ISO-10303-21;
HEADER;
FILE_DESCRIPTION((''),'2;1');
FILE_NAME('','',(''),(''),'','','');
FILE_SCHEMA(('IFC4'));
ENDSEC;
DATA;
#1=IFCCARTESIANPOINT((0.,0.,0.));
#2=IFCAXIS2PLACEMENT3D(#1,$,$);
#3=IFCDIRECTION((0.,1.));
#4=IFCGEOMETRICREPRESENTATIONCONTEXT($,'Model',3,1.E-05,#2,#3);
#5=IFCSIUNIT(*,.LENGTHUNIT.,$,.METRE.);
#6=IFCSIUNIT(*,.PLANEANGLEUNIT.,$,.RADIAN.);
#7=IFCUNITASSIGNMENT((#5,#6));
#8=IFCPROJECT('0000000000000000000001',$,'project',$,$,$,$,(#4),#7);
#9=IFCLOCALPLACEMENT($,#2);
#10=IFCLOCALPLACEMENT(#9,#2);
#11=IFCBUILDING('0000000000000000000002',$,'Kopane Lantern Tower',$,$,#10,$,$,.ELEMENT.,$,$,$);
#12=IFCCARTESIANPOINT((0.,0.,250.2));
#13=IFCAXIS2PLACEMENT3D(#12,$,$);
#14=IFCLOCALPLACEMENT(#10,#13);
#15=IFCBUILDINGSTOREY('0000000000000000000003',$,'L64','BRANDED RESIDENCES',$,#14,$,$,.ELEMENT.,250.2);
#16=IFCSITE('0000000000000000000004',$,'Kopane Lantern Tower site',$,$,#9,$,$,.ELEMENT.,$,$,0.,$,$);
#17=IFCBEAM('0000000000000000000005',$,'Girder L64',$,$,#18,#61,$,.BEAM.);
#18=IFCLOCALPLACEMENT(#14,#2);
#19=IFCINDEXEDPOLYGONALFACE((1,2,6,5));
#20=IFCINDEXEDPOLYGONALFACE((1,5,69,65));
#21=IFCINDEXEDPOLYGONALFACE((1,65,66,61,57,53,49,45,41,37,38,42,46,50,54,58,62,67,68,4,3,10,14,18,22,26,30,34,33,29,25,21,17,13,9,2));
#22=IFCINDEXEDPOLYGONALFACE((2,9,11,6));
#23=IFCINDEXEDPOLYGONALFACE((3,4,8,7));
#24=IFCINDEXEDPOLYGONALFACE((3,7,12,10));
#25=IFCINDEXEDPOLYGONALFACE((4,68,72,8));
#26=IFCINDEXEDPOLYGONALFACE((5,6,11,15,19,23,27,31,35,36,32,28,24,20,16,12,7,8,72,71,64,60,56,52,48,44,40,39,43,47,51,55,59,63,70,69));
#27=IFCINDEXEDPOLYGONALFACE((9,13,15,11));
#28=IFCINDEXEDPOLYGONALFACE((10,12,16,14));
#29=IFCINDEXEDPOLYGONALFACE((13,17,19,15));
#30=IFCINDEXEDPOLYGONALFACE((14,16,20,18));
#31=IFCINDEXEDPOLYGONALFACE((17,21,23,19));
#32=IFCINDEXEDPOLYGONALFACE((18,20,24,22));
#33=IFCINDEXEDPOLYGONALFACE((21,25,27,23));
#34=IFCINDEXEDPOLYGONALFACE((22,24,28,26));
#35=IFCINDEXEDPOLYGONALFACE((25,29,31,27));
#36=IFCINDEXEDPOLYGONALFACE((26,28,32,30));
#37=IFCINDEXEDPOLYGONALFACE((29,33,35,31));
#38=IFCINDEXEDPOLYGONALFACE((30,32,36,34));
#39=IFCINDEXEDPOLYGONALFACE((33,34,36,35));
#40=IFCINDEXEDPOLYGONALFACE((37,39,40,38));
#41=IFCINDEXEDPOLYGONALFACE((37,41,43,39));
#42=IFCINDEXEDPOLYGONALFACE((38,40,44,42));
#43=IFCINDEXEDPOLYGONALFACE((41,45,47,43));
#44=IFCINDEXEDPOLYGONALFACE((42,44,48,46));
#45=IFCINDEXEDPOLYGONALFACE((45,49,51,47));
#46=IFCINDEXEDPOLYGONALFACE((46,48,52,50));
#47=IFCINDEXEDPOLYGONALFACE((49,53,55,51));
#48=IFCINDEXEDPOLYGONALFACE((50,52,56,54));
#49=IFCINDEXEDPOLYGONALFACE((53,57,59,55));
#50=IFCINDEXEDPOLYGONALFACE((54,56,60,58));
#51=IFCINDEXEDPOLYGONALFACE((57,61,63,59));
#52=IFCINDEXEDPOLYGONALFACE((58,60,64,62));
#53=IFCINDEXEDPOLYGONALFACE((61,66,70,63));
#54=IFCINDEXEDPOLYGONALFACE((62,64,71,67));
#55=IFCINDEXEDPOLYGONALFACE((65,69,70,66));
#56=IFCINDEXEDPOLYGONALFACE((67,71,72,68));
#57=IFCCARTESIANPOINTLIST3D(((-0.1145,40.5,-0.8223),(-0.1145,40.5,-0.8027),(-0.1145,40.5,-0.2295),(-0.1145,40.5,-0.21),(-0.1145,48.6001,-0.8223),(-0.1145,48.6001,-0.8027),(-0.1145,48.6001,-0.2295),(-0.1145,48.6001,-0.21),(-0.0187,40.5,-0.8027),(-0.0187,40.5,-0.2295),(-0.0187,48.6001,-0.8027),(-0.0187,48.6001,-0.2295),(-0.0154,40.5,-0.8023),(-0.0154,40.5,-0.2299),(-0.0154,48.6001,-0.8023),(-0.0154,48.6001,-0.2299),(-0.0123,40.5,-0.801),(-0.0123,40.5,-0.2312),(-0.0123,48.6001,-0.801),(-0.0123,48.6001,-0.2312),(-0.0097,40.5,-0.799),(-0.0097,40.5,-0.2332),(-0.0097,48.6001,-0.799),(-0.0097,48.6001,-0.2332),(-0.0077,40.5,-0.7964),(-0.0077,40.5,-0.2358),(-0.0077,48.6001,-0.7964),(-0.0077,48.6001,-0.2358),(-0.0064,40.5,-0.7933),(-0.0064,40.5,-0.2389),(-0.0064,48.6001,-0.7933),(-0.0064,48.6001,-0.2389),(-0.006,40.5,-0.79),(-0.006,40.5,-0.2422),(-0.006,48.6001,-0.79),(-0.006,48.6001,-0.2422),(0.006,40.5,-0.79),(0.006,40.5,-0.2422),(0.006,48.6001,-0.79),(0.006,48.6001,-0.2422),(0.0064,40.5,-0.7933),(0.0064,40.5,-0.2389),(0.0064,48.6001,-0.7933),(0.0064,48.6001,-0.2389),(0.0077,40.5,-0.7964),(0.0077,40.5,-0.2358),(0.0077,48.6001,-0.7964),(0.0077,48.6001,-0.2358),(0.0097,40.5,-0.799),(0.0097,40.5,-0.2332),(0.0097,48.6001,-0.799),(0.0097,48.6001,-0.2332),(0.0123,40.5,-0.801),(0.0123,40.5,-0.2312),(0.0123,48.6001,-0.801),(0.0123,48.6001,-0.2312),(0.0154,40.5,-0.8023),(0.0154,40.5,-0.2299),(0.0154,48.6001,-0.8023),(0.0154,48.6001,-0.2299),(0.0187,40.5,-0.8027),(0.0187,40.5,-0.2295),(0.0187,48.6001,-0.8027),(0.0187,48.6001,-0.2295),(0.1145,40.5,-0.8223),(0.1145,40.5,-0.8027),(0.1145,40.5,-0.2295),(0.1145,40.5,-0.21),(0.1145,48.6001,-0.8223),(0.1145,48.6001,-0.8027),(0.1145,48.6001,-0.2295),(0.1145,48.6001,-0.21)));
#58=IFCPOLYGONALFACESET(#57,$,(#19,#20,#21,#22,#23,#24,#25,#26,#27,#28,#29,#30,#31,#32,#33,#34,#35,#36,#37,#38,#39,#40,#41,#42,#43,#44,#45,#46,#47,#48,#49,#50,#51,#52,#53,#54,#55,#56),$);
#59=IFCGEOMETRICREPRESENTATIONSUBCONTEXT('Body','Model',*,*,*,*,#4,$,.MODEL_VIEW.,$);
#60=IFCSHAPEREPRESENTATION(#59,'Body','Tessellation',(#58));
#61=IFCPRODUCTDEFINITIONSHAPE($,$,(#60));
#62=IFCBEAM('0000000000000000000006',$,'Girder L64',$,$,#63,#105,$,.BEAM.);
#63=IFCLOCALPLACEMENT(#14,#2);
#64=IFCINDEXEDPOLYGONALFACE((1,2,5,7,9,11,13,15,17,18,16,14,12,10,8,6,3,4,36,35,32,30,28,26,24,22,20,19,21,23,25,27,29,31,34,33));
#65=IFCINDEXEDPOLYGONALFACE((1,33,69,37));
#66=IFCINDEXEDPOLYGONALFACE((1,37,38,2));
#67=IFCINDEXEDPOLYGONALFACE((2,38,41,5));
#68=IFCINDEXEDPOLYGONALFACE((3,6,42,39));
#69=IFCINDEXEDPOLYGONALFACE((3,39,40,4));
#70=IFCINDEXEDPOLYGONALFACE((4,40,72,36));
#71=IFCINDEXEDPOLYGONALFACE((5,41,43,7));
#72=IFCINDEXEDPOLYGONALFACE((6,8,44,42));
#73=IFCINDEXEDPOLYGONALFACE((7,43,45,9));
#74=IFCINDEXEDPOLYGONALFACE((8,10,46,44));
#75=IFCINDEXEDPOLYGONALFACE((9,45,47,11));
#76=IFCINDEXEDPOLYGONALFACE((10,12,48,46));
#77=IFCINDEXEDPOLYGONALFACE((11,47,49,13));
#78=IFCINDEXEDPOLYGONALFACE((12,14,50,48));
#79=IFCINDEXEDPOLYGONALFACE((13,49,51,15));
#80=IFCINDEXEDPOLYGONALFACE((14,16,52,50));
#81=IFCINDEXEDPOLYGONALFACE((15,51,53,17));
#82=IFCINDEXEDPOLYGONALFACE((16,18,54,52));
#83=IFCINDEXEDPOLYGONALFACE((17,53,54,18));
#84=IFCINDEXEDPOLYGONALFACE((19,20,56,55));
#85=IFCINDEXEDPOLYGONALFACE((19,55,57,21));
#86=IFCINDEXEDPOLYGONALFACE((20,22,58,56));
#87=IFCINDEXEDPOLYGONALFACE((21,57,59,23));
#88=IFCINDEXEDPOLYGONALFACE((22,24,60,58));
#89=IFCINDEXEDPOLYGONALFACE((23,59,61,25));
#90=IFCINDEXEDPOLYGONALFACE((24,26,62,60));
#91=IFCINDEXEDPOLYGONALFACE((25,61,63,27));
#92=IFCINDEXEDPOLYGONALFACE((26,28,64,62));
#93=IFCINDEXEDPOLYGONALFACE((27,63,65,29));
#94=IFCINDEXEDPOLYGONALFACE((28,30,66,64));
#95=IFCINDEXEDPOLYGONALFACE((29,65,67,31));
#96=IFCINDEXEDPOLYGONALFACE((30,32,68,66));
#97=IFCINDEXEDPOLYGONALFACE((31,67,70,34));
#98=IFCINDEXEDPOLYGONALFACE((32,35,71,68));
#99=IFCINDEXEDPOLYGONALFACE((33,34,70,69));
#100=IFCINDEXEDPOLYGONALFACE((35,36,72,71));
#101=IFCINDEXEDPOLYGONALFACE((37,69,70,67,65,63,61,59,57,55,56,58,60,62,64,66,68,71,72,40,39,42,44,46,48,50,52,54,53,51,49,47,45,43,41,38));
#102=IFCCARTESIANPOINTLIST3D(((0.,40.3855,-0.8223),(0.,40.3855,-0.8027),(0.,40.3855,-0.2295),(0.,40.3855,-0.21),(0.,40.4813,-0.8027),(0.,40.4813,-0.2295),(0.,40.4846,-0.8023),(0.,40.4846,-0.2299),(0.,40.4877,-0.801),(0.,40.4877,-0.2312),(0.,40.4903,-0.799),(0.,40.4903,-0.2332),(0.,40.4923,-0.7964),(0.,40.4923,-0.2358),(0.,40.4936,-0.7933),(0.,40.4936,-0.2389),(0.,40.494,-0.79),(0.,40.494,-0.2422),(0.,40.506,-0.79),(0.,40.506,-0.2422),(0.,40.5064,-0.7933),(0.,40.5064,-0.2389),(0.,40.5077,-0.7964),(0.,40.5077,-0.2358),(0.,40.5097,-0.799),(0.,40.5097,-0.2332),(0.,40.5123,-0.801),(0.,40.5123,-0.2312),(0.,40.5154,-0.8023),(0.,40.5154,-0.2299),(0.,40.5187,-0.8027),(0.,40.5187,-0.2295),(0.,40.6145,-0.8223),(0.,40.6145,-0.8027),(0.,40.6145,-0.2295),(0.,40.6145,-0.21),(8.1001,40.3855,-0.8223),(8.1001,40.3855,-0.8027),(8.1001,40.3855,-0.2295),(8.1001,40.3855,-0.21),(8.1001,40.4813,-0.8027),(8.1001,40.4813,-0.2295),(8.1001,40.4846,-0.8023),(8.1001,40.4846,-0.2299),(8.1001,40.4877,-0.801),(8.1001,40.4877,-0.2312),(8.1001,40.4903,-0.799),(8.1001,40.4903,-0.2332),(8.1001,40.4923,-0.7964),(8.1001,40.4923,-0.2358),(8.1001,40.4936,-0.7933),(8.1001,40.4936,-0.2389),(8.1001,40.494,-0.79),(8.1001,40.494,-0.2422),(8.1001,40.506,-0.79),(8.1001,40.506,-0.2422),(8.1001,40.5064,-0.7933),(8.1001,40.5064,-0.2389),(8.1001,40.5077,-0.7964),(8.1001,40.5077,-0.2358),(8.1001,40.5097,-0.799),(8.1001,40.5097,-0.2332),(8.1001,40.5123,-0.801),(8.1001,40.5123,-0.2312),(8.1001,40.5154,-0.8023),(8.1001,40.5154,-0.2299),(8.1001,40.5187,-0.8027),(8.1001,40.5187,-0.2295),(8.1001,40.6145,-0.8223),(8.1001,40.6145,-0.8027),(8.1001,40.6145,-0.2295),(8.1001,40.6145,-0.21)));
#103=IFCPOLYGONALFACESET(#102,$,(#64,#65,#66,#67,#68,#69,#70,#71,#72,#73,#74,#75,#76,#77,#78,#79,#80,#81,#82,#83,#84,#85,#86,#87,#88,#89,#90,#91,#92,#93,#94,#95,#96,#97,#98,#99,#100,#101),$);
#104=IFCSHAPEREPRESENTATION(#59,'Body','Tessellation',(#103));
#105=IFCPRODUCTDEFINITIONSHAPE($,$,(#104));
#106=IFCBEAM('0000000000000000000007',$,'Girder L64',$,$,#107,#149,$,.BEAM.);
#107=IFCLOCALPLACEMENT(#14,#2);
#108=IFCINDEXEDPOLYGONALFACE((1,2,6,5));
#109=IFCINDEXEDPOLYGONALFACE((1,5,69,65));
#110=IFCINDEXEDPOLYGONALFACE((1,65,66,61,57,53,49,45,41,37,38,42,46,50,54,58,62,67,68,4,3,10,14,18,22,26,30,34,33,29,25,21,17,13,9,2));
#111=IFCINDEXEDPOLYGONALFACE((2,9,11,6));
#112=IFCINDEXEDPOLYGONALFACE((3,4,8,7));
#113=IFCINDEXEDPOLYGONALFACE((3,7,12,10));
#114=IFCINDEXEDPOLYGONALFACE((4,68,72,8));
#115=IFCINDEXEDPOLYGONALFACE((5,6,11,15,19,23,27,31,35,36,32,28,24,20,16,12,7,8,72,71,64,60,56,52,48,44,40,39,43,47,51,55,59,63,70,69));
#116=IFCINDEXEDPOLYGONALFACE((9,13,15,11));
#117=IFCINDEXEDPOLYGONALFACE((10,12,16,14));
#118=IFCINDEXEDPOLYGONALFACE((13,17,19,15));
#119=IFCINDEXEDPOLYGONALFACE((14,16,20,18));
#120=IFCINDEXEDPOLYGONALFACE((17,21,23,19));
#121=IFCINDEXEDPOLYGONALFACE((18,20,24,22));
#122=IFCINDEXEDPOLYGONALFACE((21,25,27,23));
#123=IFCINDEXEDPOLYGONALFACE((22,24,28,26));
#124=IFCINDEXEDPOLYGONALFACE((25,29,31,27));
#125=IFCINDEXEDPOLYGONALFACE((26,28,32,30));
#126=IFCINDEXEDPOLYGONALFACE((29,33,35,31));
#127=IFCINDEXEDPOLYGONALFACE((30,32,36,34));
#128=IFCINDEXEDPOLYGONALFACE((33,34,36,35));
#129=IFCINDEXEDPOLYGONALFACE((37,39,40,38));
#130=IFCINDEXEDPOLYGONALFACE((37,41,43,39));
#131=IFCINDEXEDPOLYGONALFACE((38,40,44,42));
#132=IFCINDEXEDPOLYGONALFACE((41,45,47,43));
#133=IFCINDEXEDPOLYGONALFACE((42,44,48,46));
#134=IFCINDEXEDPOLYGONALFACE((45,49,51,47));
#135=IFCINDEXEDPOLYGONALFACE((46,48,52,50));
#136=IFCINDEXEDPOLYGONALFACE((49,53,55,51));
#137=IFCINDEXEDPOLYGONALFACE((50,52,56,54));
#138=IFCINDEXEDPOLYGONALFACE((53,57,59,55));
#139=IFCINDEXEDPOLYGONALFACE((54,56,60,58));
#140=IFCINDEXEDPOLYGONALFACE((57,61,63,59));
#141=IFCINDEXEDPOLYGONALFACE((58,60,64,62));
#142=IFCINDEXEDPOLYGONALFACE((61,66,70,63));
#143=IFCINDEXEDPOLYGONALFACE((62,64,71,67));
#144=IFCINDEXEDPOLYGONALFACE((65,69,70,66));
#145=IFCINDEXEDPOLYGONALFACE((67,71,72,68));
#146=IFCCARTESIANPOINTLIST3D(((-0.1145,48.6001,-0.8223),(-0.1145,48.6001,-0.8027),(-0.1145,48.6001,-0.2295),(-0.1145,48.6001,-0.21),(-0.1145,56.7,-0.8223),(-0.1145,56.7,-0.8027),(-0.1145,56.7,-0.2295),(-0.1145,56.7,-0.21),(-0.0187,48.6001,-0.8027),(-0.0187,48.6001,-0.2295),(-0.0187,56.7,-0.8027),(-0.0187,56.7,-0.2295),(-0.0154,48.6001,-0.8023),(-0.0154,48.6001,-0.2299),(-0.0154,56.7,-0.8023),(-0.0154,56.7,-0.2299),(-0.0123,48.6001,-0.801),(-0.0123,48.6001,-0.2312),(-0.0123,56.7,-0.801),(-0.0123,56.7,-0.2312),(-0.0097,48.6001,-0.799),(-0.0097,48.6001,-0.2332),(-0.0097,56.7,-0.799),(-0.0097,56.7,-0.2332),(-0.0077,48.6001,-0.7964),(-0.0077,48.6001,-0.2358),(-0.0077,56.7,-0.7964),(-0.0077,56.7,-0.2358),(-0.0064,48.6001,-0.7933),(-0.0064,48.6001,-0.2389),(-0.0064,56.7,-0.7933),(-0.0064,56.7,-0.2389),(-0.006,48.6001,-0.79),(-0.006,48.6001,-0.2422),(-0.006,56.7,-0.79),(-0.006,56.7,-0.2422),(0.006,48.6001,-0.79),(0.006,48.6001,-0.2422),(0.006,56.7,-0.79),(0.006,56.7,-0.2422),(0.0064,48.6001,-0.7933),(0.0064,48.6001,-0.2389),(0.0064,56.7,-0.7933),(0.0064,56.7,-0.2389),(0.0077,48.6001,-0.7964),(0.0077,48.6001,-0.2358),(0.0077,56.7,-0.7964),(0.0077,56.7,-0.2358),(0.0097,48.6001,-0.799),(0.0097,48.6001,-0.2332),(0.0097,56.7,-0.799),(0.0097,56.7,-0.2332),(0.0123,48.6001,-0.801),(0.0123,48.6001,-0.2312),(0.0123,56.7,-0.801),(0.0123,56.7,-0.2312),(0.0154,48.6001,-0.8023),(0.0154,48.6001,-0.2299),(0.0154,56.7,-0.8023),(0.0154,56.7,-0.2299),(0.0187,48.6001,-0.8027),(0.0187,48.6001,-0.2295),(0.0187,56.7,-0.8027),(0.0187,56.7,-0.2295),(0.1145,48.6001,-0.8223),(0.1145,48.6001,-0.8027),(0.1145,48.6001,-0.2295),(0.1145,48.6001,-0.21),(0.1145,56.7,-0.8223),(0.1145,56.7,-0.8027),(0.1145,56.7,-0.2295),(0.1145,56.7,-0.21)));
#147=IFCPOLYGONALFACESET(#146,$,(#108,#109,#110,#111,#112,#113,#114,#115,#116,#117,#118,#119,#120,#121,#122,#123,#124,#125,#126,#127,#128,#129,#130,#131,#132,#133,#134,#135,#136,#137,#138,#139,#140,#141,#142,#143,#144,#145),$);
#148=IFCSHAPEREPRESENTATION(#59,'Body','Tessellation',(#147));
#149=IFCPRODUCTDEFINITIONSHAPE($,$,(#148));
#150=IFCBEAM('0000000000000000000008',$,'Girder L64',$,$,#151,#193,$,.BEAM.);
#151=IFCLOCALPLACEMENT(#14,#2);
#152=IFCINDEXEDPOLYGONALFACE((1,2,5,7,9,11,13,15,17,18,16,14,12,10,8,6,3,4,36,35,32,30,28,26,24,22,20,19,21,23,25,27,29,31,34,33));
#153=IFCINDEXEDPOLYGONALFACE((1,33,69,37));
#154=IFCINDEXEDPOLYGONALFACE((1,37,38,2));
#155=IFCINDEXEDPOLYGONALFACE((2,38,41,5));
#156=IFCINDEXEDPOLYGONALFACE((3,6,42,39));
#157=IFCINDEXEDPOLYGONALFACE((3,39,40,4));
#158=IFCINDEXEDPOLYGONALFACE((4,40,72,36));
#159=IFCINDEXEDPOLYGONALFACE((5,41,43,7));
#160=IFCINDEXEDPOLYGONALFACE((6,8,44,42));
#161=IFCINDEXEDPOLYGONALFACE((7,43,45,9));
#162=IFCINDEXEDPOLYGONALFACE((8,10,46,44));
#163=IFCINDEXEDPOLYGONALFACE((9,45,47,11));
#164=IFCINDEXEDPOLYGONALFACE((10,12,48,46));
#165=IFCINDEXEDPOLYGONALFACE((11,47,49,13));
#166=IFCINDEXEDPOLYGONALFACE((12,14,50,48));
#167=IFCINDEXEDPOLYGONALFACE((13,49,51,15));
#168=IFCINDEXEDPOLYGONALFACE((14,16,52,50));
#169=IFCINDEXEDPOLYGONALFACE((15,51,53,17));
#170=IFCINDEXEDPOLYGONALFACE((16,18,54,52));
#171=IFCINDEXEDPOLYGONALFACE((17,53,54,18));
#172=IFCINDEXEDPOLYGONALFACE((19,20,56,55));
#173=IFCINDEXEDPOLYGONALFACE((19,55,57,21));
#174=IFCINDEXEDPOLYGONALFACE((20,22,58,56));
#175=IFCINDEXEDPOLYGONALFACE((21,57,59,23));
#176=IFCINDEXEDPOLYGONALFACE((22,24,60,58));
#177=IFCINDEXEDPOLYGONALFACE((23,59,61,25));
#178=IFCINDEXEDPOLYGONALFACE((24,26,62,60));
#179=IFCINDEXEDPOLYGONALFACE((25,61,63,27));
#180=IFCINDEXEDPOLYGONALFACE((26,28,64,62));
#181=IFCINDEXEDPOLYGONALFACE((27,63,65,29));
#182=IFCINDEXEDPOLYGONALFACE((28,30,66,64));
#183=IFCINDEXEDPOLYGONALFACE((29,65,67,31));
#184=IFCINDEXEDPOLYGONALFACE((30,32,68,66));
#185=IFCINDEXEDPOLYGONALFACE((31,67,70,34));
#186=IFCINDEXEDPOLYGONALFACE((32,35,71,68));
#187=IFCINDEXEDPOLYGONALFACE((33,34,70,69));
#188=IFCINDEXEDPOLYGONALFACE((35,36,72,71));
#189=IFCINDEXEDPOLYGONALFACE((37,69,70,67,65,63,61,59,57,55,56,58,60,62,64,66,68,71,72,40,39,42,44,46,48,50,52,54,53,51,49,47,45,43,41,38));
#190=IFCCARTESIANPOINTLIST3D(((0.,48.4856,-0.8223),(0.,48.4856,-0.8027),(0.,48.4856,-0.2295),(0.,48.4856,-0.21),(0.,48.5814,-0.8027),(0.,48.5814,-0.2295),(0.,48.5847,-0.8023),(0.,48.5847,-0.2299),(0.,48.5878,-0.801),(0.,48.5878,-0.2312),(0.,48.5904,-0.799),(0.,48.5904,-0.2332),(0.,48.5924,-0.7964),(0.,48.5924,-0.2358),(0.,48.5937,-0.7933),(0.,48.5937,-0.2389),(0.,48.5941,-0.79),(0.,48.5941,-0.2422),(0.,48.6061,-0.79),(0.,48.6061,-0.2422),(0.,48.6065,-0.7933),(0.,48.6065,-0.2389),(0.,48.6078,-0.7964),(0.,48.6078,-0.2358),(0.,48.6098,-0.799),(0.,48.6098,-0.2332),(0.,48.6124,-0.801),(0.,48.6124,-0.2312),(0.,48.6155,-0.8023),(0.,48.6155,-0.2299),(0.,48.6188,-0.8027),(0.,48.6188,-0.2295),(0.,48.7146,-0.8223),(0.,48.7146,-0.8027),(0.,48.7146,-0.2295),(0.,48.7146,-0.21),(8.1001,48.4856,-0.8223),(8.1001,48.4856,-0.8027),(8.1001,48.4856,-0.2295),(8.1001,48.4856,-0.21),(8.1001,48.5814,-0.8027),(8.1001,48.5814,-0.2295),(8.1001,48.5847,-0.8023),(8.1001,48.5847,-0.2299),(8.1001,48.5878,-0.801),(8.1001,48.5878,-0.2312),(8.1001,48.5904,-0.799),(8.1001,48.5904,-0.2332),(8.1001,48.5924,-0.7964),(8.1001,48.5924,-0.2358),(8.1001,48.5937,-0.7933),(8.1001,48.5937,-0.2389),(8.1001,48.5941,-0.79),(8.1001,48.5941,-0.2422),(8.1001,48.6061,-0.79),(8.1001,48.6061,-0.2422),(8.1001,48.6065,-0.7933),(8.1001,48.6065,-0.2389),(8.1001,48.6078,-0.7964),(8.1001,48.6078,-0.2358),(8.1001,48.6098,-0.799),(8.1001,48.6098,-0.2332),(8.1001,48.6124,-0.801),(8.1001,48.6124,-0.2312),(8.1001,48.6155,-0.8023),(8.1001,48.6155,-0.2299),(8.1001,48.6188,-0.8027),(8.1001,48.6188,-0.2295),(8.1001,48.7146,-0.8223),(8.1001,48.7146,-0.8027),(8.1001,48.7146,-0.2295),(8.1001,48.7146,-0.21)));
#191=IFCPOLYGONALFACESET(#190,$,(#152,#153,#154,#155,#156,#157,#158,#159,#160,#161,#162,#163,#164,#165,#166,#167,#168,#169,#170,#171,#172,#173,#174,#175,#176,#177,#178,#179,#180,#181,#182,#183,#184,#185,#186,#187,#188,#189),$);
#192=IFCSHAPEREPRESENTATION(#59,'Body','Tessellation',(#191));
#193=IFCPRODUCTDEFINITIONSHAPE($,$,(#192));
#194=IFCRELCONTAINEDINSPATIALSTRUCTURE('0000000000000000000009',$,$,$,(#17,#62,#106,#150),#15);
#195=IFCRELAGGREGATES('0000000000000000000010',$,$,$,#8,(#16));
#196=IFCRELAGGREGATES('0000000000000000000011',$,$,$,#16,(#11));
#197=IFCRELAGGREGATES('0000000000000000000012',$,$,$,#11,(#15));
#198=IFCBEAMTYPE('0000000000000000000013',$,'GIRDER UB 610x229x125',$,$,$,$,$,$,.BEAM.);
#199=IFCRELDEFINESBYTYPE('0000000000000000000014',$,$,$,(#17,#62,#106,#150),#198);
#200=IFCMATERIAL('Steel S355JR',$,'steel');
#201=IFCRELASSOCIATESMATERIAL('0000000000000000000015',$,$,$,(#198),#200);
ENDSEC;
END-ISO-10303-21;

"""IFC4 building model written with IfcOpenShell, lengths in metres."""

from ifc_helpers import new_model, si_unit, direction, frame, origin, origin_2d, place, context, subcontext, project, spatial, i_section, extrude, material, material_profile, profile_set, type_object, element, save


model = new_model("IFC4")

# Units and contexts
model_context = context("Model", 3, precision=1e-05, world=origin(), true_north=direction((0.0, 1.0)))
body_context = subcontext(model_context, "Body", "Model", "MODEL_VIEW")
ifc_project = project(units=[si_unit("LENGTHUNIT", "METRE"), si_unit("PLANEANGLEUNIT", "RADIAN")], contexts=[model_context])

# Site, building, storey
site_placement = place(None, origin())
site = spatial("IfcSite", under=ifc_project, at=site_placement, Name="Kopane Lantern Tower site", CompositionType="ELEMENT", RefElevation=0.0)
building_placement = place(site_placement, origin())
building = spatial("IfcBuilding", under=site, at=building_placement, Name="Kopane Lantern Tower", CompositionType="ELEMENT")
storey_placement = place(building_placement, frame((0.0, 0.0, 250.2)))
storey = spatial("IfcBuildingStorey", under=building, at=storey_placement, Name="L64", Description="BRANDED RESIDENCES", CompositionType="ELEMENT", Elevation=250.2)

# Beams
ifc_material_1 = material(Name="Steel S355JR", Category="steel")
ifc_material_profile_1 = material_profile(ifc_material_1, i_section(OverallWidth=0.229, OverallDepth=0.6123, WebThickness=0.012, FlangeThickness=0.0195, FilletRadius=0.0127, at=origin_2d()), Name="UB 610x229x125")
ifc_profile_set_1 = profile_set([ifc_material_profile_1], Name="Steel S355JR")
beam_type = type_object("IfcBeamType", Name="GIRDER UB 610x229x125", PredefinedType="BEAM", material=ifc_profile_set_1)
for number, where, z_axis, x_axis, name in (
    (1, (0.0, 40.5, -0.5161), (0.0, 1.0, 0.0), (-1.0, 0.0, 0.0), "Girder L64"),
    (2, (0.0, 40.5, -0.5161), (1.0, 0.0, 0.0), (0.0, 1.0, 0.0), "Girder L64"),
):
    element("IfcBeam", number, at=place(storey_placement, frame(where, z_axis=z_axis, x_axis=x_axis)), inside=storey, type_object=beam_type, Name=name, PredefinedType="BEAM", context=body_context, shape_type="SweptSolid", body=[
        extrude(i_section(OverallWidth=0.229, OverallDepth=0.6123, WebThickness=0.012, FlangeThickness=0.0195, FilletRadius=0.0127, at=origin_2d()), origin(), (0.0, 0.0, 1.0), 8.1001),
    ])
beam_placement = place(storey_placement, frame((0.0, 48.6001, -0.5161), z_axis=(0.0, 1.0, 0.0), x_axis=(-1.0, 0.0, 0.0)))
element("IfcBeam", 3, at=beam_placement, inside=storey, type_object=beam_type, Name="Girder L64", PredefinedType="BEAM", context=body_context, shape_type="SweptSolid", body=[
    extrude(i_section(OverallWidth=0.229, OverallDepth=0.6123, WebThickness=0.012, FlangeThickness=0.0195, FilletRadius=0.0127, at=origin_2d()), origin(), (0.0, 0.0, 1.0), 8.0999),
])
for number, where, z_axis, x_axis, name in (
    (4, (0.0, 48.6001, -0.5161), (1.0, 0.0, 0.0), (0.0, 1.0, 0.0), "Girder L64"),
):
    element("IfcBeam", number, at=place(storey_placement, frame(where, z_axis=z_axis, x_axis=x_axis)), inside=storey, type_object=beam_type, Name=name, PredefinedType="BEAM", context=body_context, shape_type="SweptSolid", body=[
        extrude(i_section(OverallWidth=0.229, OverallDepth=0.6123, WebThickness=0.012, FlangeThickness=0.0195, FilletRadius=0.0127, at=origin_2d()), origin(), (0.0, 0.0, 1.0), 8.1001),
    ])

save(model, "model.ifc")
